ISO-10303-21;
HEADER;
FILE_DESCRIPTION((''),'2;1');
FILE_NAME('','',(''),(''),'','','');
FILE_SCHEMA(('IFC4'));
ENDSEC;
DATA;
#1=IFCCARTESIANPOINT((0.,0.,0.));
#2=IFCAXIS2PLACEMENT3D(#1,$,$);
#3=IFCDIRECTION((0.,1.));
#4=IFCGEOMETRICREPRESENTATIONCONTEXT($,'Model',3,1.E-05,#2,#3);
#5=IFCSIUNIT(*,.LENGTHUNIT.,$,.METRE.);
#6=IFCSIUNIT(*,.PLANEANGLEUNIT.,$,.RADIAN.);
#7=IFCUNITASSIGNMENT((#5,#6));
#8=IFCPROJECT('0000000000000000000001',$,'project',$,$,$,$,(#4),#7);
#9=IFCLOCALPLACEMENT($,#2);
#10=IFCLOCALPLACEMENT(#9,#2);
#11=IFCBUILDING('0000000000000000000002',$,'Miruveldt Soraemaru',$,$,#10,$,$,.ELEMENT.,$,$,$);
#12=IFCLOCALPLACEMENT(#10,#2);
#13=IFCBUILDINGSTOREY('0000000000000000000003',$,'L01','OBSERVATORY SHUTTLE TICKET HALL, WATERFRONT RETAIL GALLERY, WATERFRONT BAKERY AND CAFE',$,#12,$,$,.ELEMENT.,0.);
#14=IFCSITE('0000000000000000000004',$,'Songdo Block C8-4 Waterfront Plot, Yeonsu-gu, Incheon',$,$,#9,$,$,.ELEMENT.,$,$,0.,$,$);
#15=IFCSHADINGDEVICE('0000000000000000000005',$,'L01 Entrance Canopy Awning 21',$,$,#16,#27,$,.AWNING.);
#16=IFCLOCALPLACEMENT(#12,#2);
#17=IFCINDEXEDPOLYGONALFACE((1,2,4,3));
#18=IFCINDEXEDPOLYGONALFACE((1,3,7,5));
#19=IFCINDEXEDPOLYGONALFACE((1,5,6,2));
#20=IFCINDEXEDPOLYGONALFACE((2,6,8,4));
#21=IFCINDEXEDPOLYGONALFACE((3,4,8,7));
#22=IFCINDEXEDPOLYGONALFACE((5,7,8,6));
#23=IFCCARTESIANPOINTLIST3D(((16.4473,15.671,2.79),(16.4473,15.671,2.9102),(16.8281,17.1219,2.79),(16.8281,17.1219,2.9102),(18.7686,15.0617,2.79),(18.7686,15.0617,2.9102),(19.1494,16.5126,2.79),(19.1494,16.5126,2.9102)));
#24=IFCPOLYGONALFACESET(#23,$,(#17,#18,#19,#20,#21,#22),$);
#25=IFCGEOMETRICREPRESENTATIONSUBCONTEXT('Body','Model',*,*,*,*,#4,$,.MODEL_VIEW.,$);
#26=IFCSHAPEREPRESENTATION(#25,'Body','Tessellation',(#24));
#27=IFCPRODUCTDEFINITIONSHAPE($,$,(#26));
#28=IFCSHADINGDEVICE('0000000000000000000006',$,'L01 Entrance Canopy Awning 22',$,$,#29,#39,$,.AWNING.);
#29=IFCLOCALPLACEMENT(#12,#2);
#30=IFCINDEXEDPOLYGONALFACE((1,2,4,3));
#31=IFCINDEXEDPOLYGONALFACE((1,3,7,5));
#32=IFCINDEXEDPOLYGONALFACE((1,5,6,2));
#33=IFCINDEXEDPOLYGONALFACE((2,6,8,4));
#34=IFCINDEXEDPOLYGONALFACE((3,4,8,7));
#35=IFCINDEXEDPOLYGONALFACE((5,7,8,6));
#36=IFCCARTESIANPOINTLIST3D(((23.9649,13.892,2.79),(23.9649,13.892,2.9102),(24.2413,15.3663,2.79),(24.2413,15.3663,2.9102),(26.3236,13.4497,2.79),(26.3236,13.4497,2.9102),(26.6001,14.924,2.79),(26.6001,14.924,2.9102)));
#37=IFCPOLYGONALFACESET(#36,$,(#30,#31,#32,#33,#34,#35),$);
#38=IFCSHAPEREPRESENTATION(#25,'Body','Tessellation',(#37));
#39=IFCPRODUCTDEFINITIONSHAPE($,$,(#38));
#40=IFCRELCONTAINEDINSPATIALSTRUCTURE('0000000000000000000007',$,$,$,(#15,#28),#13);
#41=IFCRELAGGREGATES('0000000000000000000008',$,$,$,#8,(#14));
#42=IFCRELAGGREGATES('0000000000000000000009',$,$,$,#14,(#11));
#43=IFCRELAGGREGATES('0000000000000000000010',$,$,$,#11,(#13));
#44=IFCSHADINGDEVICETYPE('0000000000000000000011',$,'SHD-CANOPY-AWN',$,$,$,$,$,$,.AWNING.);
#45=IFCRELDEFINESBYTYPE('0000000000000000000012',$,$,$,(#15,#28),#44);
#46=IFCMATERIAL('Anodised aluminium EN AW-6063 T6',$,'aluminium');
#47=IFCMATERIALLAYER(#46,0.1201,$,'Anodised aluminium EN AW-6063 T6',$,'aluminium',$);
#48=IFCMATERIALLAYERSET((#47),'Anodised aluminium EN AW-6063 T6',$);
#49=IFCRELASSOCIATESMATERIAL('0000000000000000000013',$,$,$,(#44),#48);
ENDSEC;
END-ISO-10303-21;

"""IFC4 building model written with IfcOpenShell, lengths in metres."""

from ifc_helpers import new_model, si_unit, direction, frame, origin, origin_2d, place, context, subcontext, project, spatial, rectangle, extrude, material, layer, layer_set, type_object, element, save


model = new_model("IFC4")

# Units and contexts
model_context = context("Model", 3, precision=1e-05, world=origin(), true_north=direction((0.0, 1.0)))
body_context = subcontext(model_context, "Body", "Model", "MODEL_VIEW")
ifc_project = project(units=[si_unit("LENGTHUNIT", "METRE"), si_unit("PLANEANGLEUNIT", "RADIAN")], contexts=[model_context])

# Site, building, storey
site_placement = place(None, origin())
site = spatial("IfcSite", under=ifc_project, at=site_placement, Name="Songdo Block C8-4 Waterfront Plot, Yeonsu-gu, Incheon", CompositionType="ELEMENT", RefElevation=0.0)
building_placement = place(site_placement, origin())
building = spatial("IfcBuilding", under=site, at=building_placement, Name="Miruveldt Soraemaru", CompositionType="ELEMENT")
storey_placement = place(building_placement, origin())
storey = spatial("IfcBuildingStorey", under=building, at=storey_placement, Name="L01", Description="OBSERVATORY SHUTTLE TICKET HALL, WATERFRONT RETAIL GALLERY, WATERFRONT BAKERY AND CAFE", CompositionType="ELEMENT", Elevation=0.0)

# Shared definitions
ifc_material_1 = material(Name="Anodised aluminium EN AW-6063 T6", Category="aluminium")

# Shading devices
ifc_layer_1 = layer(ifc_material_1, 0.1201, Name="Anodised aluminium EN AW-6063 T6", Category="aluminium")
ifc_layer_set_1 = layer_set([ifc_layer_1], Name="Anodised aluminium EN AW-6063 T6")
shading_device_type = type_object("IfcShadingDeviceType", Name="SHD-CANOPY-AWN", PredefinedType="AWNING", material=ifc_layer_set_1)
for number, where, z_axis, x_axis, name in (
    (1, (17.7983, 16.0918, 2.79), (0.0, 0.0, 1.0), (0.967232, -0.253893, 0.0), "L01 Entrance Canopy Awning 21"),
    (2, (25.2825, 14.408, 2.79), (0.0, 0.0, 1.0), (0.982871, -0.184294, 0.0), "L01 Entrance Canopy Awning 22"),
):
    element("IfcShadingDevice", number, at=place(storey_placement, frame(where, z_axis=z_axis, x_axis=x_axis)), inside=storey, type_object=shading_device_type, Name=name, PredefinedType="AWNING", context=body_context, shape_type="SweptSolid", body=[
        extrude(rectangle(XDim=2.3999, YDim=1.5, at=origin_2d()), origin(), (0.0, 0.0, 1.0), 0.1201),
    ])

save(model, "model.ifc")
